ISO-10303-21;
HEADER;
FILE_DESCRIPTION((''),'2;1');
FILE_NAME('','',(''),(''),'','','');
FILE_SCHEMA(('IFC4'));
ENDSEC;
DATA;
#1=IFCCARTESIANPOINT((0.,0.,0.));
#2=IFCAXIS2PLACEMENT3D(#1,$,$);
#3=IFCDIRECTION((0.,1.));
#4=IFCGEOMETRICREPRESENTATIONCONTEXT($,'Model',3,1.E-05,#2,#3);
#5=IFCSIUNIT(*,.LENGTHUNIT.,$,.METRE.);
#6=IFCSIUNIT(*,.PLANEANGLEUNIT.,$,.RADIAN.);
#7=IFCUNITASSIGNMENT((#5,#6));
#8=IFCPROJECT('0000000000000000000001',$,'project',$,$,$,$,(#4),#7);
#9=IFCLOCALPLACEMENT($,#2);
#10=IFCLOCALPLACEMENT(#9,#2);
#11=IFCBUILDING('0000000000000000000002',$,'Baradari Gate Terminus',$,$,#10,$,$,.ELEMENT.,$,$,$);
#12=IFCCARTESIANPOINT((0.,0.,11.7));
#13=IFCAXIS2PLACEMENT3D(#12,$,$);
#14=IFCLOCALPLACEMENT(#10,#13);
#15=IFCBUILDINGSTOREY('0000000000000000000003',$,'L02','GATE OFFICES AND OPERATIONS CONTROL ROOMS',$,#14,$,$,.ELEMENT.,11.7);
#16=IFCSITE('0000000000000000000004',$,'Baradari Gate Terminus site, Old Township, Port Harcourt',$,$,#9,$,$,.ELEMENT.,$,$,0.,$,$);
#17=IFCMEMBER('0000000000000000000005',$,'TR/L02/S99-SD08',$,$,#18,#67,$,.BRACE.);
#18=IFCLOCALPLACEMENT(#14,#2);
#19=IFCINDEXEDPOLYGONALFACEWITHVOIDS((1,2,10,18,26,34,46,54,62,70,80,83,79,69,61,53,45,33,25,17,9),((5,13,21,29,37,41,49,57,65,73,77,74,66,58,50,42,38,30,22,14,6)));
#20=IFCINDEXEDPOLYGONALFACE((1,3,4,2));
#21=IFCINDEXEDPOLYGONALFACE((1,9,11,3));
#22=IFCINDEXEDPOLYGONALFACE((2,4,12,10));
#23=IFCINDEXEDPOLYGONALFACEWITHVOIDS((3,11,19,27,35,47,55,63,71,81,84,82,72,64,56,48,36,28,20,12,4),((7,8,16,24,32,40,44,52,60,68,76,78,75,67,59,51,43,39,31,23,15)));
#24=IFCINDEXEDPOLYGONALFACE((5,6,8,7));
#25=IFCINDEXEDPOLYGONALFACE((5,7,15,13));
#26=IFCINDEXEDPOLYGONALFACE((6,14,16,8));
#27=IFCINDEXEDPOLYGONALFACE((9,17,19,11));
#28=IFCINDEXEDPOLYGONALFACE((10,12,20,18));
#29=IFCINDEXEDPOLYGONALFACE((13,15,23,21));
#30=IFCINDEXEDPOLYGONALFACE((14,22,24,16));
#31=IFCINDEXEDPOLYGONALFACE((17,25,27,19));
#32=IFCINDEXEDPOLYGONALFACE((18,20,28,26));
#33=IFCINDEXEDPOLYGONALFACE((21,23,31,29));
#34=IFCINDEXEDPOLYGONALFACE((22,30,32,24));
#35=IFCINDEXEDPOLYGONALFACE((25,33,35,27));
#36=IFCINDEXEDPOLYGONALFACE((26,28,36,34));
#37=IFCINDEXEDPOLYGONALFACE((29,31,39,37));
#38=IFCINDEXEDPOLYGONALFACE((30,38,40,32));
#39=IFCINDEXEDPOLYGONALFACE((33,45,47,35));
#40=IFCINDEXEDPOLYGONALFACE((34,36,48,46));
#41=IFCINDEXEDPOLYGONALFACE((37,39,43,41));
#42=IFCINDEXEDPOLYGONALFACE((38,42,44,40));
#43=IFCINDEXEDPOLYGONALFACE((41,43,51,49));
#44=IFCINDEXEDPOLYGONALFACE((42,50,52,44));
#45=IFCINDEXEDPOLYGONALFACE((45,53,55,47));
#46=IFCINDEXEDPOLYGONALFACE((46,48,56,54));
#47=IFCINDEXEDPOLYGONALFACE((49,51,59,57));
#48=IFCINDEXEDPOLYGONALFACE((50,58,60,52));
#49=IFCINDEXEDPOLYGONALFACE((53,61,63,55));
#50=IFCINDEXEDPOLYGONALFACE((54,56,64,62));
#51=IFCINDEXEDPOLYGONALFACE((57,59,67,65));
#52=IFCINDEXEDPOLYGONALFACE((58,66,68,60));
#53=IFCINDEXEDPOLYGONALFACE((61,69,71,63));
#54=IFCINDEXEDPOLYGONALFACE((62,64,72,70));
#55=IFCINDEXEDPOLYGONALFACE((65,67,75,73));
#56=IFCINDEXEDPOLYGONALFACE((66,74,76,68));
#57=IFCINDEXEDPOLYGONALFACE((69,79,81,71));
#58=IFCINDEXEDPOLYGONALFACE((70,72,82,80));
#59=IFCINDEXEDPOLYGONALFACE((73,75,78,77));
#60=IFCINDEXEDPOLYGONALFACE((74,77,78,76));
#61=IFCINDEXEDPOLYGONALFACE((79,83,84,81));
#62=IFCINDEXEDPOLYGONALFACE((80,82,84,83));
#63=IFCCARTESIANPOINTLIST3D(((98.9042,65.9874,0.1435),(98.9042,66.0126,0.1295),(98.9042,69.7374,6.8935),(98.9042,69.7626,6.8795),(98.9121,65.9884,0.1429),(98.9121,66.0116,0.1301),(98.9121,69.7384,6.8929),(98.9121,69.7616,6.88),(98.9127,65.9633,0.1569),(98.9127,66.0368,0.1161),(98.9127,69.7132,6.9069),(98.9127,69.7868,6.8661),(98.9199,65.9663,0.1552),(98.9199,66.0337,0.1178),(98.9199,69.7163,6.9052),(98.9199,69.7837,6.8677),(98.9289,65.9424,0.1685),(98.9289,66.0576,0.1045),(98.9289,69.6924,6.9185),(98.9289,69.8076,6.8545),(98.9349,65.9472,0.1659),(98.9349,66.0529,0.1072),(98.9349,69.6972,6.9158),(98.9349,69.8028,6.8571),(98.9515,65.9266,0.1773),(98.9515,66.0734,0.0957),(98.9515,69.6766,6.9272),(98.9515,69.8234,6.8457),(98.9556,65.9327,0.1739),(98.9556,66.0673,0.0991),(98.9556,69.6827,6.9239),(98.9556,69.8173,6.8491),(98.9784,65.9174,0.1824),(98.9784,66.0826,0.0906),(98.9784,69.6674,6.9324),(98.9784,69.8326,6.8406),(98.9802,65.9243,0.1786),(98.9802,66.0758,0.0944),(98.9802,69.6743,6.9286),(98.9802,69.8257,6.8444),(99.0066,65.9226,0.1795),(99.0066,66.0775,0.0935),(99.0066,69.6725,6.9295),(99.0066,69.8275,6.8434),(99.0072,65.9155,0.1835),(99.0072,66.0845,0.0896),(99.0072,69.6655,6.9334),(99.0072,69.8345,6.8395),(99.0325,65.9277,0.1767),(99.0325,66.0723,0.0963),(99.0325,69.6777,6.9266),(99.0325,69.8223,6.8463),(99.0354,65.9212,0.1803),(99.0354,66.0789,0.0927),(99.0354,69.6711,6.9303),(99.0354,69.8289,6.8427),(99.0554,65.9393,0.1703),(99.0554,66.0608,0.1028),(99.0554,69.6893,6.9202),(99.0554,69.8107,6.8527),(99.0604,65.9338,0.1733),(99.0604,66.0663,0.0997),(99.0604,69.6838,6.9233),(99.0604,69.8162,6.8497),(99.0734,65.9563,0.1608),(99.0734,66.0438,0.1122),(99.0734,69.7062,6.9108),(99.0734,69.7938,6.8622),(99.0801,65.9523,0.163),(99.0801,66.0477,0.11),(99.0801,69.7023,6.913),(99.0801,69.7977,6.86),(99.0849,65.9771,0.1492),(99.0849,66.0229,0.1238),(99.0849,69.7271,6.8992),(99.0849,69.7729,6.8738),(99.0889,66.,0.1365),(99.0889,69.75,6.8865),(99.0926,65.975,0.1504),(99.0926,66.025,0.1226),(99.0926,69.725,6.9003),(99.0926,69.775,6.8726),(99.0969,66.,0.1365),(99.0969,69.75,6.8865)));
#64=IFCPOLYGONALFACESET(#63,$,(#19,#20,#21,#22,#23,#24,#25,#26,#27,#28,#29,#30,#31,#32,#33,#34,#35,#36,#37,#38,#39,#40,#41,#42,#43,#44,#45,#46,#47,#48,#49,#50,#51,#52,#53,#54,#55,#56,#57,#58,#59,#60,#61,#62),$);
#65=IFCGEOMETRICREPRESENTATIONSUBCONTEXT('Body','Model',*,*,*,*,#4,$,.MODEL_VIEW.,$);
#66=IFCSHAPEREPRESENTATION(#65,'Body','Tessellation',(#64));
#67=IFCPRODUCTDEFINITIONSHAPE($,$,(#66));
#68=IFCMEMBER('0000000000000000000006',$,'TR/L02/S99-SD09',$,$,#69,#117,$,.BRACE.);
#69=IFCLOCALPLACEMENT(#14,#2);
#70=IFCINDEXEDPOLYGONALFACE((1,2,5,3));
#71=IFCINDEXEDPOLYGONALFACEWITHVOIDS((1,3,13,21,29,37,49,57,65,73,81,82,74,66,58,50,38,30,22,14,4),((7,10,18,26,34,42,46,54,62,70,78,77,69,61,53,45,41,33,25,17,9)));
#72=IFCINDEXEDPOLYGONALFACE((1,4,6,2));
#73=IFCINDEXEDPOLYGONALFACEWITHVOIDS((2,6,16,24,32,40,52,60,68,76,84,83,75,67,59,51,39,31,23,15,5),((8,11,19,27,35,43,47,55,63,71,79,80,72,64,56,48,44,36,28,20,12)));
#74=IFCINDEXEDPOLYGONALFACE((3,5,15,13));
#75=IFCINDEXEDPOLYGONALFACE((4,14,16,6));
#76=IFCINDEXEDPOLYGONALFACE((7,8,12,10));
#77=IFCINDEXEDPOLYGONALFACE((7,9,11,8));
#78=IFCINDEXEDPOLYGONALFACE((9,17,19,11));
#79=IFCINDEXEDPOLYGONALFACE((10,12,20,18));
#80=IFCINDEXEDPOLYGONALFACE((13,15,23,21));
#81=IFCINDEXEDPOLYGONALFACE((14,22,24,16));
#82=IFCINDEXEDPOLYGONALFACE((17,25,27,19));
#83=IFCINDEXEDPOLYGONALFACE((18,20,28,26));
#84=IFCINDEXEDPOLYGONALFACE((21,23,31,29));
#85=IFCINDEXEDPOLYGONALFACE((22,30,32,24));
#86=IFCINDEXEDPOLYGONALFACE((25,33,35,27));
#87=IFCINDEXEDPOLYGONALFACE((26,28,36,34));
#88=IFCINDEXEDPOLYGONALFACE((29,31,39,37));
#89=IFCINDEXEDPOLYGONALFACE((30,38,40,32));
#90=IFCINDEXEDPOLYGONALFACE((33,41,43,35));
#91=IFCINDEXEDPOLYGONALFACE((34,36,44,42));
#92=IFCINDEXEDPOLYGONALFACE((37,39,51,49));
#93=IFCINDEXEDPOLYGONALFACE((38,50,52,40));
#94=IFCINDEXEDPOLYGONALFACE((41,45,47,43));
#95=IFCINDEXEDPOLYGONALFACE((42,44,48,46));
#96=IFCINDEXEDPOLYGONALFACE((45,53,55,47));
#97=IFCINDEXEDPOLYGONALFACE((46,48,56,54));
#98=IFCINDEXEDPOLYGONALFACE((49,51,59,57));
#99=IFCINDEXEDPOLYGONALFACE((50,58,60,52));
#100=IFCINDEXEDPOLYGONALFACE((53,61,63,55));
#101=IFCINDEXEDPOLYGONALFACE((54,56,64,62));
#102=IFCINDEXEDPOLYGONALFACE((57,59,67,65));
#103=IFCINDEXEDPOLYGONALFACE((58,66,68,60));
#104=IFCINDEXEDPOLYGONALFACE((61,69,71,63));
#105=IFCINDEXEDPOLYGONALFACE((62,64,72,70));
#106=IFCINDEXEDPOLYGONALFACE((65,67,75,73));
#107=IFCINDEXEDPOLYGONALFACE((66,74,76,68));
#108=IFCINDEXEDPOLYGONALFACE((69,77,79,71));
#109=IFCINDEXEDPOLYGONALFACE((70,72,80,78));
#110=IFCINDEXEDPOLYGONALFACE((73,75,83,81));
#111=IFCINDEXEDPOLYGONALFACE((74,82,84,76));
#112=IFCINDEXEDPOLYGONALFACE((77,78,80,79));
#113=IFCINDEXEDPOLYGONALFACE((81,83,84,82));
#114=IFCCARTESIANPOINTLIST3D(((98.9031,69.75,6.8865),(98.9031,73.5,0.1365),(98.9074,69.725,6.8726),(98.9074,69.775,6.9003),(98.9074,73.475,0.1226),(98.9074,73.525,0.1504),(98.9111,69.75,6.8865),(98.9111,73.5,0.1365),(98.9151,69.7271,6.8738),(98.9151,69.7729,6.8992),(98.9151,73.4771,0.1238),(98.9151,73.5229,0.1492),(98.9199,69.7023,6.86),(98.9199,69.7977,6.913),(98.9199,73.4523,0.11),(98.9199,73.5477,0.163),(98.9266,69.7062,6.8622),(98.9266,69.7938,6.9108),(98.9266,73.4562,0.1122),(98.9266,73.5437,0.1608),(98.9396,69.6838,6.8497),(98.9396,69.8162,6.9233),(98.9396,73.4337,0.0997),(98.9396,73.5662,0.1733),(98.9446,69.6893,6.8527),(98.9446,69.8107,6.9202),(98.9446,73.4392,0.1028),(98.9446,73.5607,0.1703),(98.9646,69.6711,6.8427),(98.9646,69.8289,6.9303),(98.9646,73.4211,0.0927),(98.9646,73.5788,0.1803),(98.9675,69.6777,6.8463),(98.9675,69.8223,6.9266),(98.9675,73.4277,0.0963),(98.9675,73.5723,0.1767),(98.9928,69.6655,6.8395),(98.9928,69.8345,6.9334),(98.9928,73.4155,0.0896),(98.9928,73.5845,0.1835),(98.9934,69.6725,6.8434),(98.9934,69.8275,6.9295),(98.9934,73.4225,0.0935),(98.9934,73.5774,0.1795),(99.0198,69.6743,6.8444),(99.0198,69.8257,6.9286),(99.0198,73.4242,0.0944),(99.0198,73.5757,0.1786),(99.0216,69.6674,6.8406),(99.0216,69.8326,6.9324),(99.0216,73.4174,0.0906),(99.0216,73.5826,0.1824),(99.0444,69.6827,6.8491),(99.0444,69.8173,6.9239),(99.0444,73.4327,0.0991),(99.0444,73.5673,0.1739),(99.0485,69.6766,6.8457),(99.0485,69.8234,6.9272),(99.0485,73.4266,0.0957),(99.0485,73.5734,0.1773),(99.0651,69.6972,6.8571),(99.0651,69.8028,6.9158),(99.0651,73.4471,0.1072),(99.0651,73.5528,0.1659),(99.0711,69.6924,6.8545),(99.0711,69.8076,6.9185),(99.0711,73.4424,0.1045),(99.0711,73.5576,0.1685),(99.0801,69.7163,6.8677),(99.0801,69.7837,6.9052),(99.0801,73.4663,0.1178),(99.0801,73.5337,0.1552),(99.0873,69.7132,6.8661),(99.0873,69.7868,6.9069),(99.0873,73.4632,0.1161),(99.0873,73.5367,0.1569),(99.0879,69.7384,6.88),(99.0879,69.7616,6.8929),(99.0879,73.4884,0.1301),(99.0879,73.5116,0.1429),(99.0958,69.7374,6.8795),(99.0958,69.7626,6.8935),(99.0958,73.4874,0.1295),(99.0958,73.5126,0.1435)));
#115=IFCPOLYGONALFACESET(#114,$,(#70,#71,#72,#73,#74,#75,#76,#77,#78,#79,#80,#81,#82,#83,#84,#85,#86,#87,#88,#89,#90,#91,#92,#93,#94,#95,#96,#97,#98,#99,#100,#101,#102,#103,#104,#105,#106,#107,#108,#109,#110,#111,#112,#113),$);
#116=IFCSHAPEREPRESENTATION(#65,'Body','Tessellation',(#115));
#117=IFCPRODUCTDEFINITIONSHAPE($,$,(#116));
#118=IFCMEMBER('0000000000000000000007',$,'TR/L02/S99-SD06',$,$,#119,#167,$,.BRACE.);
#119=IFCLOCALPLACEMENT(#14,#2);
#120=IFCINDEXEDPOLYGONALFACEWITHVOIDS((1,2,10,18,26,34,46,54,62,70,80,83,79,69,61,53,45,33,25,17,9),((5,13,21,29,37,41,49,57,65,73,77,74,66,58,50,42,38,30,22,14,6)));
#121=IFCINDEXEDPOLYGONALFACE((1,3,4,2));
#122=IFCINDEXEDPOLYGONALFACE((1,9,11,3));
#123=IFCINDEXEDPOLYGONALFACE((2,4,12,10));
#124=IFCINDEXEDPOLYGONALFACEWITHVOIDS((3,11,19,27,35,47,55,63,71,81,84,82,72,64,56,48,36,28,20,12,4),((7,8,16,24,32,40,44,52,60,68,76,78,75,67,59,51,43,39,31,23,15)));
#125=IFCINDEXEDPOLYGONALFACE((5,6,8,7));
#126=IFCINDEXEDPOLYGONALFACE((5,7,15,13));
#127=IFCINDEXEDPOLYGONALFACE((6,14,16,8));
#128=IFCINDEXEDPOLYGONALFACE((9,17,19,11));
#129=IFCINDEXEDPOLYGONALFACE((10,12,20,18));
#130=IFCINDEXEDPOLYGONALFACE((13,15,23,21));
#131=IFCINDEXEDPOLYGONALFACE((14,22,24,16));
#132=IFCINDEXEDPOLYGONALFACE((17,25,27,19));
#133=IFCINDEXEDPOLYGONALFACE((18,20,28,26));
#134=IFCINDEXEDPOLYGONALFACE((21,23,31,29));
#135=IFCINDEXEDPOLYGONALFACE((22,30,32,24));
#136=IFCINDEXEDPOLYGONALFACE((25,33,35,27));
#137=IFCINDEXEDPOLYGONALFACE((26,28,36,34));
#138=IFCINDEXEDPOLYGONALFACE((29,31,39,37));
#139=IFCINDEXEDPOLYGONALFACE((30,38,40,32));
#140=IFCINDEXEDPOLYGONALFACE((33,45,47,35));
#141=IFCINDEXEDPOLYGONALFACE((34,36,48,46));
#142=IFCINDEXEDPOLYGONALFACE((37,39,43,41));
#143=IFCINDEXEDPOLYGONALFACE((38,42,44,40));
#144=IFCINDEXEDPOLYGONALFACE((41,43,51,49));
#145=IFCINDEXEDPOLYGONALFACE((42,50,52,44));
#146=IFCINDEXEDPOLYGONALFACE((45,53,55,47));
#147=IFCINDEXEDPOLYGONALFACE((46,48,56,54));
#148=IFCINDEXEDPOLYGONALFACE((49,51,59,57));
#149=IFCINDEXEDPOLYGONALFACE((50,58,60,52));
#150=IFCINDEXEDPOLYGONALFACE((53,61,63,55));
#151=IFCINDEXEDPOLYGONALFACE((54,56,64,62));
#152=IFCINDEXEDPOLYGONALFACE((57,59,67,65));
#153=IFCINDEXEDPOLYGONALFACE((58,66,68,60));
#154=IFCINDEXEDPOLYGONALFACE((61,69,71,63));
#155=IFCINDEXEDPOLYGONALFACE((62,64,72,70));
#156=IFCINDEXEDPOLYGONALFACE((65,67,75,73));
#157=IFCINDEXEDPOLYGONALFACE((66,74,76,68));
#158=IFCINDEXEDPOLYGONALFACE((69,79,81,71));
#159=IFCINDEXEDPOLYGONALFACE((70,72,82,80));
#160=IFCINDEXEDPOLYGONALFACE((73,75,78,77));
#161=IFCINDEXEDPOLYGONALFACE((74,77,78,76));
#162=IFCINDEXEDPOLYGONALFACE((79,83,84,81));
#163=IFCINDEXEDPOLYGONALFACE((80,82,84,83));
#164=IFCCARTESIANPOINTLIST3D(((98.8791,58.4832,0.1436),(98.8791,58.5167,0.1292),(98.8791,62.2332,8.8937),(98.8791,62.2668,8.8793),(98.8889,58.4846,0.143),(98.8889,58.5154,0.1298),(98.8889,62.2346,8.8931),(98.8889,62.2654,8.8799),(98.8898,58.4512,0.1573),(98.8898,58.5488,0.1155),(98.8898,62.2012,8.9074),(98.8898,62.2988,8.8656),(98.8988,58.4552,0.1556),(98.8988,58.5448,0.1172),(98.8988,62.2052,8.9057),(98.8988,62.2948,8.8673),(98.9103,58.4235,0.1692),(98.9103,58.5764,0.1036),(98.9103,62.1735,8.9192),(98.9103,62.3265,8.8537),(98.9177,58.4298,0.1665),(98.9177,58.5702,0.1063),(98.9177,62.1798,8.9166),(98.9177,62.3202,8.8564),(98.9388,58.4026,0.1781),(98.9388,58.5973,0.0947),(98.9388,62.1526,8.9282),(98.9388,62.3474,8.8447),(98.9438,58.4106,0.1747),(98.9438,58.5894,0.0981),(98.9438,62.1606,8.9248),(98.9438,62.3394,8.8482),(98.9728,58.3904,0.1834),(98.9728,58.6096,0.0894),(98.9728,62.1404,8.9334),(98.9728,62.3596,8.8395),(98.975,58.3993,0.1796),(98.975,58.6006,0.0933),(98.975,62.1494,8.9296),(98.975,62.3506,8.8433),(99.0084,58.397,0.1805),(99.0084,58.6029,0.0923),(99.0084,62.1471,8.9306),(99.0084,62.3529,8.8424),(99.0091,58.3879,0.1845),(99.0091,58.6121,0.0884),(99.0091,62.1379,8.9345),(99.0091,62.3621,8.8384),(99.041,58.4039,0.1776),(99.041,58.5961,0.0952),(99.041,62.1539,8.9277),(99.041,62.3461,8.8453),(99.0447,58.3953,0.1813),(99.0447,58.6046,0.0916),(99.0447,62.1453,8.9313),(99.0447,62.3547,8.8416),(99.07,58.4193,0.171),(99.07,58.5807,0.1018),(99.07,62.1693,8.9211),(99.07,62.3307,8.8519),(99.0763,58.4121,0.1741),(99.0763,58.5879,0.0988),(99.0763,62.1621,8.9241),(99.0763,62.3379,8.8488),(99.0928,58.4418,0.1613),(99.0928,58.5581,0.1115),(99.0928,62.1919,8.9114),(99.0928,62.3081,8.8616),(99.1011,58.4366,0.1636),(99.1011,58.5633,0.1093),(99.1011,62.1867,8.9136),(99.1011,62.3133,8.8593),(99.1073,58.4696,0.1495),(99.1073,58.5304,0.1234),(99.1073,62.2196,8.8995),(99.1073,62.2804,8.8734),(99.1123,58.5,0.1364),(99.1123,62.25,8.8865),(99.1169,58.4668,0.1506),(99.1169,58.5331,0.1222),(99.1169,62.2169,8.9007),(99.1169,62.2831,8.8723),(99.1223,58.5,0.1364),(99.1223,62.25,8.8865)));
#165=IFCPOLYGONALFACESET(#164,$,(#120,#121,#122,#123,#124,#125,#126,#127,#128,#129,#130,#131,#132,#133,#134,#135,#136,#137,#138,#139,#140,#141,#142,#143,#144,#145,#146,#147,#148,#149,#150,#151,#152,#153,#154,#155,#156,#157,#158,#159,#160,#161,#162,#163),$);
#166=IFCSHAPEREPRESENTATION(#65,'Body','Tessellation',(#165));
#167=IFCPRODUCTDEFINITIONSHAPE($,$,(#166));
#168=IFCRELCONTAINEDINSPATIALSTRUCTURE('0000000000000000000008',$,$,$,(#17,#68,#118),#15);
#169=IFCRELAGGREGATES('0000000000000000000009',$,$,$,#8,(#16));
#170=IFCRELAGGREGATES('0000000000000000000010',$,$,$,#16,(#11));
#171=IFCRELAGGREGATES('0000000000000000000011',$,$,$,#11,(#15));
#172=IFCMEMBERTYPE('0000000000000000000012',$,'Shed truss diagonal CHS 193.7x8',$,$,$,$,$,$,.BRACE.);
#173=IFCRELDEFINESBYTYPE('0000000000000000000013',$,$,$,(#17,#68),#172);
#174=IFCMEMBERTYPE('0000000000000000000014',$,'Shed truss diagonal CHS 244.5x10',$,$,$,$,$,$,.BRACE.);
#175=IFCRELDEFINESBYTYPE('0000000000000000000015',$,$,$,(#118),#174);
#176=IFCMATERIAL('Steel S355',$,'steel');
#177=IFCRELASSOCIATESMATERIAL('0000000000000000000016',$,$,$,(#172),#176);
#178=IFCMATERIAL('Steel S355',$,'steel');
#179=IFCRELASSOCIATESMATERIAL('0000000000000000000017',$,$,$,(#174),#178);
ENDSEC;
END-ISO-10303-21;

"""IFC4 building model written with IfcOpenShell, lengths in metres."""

from ifc_helpers import new_model, si_unit, direction, frame, origin, origin_2d, place, context, subcontext, project, spatial, hollow_circle, extrude, material, material_profile, profile_set, type_object, element, save


model = new_model("IFC4")

# Units and contexts
model_context = context("Model", 3, precision=1e-05, world=origin(), true_north=direction((0.0, 1.0)))
body_context = subcontext(model_context, "Body", "Model", "MODEL_VIEW")
ifc_project = project(units=[si_unit("LENGTHUNIT", "METRE"), si_unit("PLANEANGLEUNIT", "RADIAN")], contexts=[model_context])

# Site, building, storey
site_placement = place(None, origin())
site = spatial("IfcSite", under=ifc_project, at=site_placement, Name="Baradari Gate Terminus site, Old Township, Port Harcourt", CompositionType="ELEMENT", RefElevation=0.0)
building_placement = place(site_placement, origin())
building = spatial("IfcBuilding", under=site, at=building_placement, Name="Baradari Gate Terminus", CompositionType="ELEMENT")
storey_placement = place(building_placement, frame((0.0, 0.0, 11.7)))
storey = spatial("IfcBuildingStorey", under=building, at=storey_placement, Name="L02", Description="GATE OFFICES AND OPERATIONS CONTROL ROOMS", CompositionType="ELEMENT", Elevation=11.7)

# Members
ifc_material_1 = material(Name="Steel S355", Category="steel")
ifc_material_profile_1 = material_profile(ifc_material_1, hollow_circle(Radius=0.0969, WallThickness=0.0081, at=origin_2d()), Name="CHS 193.7x8")
ifc_profile_set_1 = profile_set([ifc_material_profile_1], Name="Steel S355")
member_type_1 = type_object("IfcMemberType", Name="Shed truss diagonal CHS 193.7x8", PredefinedType="BRACE", material=ifc_profile_set_1)
for number, where, z_axis, x_axis, name in (
    (1, (99.0, 69.75, 6.8865), (0.0, -0.485643, -0.874157), (1.0, 0.0, 0.0), "TR/L02/S99-SD08"),
    (2, (99.0, 69.75, 6.8865), (0.0, 0.485643, -0.874157), (-1.0, 0.0, 0.0), "TR/L02/S99-SD09"),
):
    element("IfcMember", number, at=place(storey_placement, frame(where, z_axis=z_axis, x_axis=x_axis)), inside=storey, type_object=member_type_1, Name=name, PredefinedType="BRACE", context=body_context, shape_type="SweptSolid", body=[
        extrude(hollow_circle(Radius=0.0969, WallThickness=0.0081, at=origin_2d()), origin(), (0.0, 0.0, 1.0), 7.7217),
    ])
ifc_material_2 = material(Name="Steel S355", Category="steel")
ifc_material_profile_2 = material_profile(ifc_material_2, hollow_circle(Radius=0.1223, WallThickness=0.01, at=origin_2d()), Name="CHS 244.5x10")
ifc_profile_set_2 = profile_set([ifc_material_profile_2], Name="Steel S355")
member_type_2 = type_object("IfcMemberType", Name="Shed truss diagonal CHS 244.5x10", PredefinedType="BRACE", material=ifc_profile_set_2)
for number, where, z_axis, x_axis, name in (
    (3, (99.0, 62.25, 8.8865), (0.0, -0.393919, -0.919145), (1.0, 0.0, 0.0), "TR/L02/S99-SD06"),
):
    element("IfcMember", number, at=place(storey_placement, frame(where, z_axis=z_axis, x_axis=x_axis)), inside=storey, type_object=member_type_2, Name=name, PredefinedType="BRACE", context=body_context, shape_type="SweptSolid", body=[
        extrude(hollow_circle(Radius=0.1223, WallThickness=0.01, at=origin_2d()), origin(), (0.0, 0.0, 1.0), 9.5198),
    ])

save(model, "model.ifc")
